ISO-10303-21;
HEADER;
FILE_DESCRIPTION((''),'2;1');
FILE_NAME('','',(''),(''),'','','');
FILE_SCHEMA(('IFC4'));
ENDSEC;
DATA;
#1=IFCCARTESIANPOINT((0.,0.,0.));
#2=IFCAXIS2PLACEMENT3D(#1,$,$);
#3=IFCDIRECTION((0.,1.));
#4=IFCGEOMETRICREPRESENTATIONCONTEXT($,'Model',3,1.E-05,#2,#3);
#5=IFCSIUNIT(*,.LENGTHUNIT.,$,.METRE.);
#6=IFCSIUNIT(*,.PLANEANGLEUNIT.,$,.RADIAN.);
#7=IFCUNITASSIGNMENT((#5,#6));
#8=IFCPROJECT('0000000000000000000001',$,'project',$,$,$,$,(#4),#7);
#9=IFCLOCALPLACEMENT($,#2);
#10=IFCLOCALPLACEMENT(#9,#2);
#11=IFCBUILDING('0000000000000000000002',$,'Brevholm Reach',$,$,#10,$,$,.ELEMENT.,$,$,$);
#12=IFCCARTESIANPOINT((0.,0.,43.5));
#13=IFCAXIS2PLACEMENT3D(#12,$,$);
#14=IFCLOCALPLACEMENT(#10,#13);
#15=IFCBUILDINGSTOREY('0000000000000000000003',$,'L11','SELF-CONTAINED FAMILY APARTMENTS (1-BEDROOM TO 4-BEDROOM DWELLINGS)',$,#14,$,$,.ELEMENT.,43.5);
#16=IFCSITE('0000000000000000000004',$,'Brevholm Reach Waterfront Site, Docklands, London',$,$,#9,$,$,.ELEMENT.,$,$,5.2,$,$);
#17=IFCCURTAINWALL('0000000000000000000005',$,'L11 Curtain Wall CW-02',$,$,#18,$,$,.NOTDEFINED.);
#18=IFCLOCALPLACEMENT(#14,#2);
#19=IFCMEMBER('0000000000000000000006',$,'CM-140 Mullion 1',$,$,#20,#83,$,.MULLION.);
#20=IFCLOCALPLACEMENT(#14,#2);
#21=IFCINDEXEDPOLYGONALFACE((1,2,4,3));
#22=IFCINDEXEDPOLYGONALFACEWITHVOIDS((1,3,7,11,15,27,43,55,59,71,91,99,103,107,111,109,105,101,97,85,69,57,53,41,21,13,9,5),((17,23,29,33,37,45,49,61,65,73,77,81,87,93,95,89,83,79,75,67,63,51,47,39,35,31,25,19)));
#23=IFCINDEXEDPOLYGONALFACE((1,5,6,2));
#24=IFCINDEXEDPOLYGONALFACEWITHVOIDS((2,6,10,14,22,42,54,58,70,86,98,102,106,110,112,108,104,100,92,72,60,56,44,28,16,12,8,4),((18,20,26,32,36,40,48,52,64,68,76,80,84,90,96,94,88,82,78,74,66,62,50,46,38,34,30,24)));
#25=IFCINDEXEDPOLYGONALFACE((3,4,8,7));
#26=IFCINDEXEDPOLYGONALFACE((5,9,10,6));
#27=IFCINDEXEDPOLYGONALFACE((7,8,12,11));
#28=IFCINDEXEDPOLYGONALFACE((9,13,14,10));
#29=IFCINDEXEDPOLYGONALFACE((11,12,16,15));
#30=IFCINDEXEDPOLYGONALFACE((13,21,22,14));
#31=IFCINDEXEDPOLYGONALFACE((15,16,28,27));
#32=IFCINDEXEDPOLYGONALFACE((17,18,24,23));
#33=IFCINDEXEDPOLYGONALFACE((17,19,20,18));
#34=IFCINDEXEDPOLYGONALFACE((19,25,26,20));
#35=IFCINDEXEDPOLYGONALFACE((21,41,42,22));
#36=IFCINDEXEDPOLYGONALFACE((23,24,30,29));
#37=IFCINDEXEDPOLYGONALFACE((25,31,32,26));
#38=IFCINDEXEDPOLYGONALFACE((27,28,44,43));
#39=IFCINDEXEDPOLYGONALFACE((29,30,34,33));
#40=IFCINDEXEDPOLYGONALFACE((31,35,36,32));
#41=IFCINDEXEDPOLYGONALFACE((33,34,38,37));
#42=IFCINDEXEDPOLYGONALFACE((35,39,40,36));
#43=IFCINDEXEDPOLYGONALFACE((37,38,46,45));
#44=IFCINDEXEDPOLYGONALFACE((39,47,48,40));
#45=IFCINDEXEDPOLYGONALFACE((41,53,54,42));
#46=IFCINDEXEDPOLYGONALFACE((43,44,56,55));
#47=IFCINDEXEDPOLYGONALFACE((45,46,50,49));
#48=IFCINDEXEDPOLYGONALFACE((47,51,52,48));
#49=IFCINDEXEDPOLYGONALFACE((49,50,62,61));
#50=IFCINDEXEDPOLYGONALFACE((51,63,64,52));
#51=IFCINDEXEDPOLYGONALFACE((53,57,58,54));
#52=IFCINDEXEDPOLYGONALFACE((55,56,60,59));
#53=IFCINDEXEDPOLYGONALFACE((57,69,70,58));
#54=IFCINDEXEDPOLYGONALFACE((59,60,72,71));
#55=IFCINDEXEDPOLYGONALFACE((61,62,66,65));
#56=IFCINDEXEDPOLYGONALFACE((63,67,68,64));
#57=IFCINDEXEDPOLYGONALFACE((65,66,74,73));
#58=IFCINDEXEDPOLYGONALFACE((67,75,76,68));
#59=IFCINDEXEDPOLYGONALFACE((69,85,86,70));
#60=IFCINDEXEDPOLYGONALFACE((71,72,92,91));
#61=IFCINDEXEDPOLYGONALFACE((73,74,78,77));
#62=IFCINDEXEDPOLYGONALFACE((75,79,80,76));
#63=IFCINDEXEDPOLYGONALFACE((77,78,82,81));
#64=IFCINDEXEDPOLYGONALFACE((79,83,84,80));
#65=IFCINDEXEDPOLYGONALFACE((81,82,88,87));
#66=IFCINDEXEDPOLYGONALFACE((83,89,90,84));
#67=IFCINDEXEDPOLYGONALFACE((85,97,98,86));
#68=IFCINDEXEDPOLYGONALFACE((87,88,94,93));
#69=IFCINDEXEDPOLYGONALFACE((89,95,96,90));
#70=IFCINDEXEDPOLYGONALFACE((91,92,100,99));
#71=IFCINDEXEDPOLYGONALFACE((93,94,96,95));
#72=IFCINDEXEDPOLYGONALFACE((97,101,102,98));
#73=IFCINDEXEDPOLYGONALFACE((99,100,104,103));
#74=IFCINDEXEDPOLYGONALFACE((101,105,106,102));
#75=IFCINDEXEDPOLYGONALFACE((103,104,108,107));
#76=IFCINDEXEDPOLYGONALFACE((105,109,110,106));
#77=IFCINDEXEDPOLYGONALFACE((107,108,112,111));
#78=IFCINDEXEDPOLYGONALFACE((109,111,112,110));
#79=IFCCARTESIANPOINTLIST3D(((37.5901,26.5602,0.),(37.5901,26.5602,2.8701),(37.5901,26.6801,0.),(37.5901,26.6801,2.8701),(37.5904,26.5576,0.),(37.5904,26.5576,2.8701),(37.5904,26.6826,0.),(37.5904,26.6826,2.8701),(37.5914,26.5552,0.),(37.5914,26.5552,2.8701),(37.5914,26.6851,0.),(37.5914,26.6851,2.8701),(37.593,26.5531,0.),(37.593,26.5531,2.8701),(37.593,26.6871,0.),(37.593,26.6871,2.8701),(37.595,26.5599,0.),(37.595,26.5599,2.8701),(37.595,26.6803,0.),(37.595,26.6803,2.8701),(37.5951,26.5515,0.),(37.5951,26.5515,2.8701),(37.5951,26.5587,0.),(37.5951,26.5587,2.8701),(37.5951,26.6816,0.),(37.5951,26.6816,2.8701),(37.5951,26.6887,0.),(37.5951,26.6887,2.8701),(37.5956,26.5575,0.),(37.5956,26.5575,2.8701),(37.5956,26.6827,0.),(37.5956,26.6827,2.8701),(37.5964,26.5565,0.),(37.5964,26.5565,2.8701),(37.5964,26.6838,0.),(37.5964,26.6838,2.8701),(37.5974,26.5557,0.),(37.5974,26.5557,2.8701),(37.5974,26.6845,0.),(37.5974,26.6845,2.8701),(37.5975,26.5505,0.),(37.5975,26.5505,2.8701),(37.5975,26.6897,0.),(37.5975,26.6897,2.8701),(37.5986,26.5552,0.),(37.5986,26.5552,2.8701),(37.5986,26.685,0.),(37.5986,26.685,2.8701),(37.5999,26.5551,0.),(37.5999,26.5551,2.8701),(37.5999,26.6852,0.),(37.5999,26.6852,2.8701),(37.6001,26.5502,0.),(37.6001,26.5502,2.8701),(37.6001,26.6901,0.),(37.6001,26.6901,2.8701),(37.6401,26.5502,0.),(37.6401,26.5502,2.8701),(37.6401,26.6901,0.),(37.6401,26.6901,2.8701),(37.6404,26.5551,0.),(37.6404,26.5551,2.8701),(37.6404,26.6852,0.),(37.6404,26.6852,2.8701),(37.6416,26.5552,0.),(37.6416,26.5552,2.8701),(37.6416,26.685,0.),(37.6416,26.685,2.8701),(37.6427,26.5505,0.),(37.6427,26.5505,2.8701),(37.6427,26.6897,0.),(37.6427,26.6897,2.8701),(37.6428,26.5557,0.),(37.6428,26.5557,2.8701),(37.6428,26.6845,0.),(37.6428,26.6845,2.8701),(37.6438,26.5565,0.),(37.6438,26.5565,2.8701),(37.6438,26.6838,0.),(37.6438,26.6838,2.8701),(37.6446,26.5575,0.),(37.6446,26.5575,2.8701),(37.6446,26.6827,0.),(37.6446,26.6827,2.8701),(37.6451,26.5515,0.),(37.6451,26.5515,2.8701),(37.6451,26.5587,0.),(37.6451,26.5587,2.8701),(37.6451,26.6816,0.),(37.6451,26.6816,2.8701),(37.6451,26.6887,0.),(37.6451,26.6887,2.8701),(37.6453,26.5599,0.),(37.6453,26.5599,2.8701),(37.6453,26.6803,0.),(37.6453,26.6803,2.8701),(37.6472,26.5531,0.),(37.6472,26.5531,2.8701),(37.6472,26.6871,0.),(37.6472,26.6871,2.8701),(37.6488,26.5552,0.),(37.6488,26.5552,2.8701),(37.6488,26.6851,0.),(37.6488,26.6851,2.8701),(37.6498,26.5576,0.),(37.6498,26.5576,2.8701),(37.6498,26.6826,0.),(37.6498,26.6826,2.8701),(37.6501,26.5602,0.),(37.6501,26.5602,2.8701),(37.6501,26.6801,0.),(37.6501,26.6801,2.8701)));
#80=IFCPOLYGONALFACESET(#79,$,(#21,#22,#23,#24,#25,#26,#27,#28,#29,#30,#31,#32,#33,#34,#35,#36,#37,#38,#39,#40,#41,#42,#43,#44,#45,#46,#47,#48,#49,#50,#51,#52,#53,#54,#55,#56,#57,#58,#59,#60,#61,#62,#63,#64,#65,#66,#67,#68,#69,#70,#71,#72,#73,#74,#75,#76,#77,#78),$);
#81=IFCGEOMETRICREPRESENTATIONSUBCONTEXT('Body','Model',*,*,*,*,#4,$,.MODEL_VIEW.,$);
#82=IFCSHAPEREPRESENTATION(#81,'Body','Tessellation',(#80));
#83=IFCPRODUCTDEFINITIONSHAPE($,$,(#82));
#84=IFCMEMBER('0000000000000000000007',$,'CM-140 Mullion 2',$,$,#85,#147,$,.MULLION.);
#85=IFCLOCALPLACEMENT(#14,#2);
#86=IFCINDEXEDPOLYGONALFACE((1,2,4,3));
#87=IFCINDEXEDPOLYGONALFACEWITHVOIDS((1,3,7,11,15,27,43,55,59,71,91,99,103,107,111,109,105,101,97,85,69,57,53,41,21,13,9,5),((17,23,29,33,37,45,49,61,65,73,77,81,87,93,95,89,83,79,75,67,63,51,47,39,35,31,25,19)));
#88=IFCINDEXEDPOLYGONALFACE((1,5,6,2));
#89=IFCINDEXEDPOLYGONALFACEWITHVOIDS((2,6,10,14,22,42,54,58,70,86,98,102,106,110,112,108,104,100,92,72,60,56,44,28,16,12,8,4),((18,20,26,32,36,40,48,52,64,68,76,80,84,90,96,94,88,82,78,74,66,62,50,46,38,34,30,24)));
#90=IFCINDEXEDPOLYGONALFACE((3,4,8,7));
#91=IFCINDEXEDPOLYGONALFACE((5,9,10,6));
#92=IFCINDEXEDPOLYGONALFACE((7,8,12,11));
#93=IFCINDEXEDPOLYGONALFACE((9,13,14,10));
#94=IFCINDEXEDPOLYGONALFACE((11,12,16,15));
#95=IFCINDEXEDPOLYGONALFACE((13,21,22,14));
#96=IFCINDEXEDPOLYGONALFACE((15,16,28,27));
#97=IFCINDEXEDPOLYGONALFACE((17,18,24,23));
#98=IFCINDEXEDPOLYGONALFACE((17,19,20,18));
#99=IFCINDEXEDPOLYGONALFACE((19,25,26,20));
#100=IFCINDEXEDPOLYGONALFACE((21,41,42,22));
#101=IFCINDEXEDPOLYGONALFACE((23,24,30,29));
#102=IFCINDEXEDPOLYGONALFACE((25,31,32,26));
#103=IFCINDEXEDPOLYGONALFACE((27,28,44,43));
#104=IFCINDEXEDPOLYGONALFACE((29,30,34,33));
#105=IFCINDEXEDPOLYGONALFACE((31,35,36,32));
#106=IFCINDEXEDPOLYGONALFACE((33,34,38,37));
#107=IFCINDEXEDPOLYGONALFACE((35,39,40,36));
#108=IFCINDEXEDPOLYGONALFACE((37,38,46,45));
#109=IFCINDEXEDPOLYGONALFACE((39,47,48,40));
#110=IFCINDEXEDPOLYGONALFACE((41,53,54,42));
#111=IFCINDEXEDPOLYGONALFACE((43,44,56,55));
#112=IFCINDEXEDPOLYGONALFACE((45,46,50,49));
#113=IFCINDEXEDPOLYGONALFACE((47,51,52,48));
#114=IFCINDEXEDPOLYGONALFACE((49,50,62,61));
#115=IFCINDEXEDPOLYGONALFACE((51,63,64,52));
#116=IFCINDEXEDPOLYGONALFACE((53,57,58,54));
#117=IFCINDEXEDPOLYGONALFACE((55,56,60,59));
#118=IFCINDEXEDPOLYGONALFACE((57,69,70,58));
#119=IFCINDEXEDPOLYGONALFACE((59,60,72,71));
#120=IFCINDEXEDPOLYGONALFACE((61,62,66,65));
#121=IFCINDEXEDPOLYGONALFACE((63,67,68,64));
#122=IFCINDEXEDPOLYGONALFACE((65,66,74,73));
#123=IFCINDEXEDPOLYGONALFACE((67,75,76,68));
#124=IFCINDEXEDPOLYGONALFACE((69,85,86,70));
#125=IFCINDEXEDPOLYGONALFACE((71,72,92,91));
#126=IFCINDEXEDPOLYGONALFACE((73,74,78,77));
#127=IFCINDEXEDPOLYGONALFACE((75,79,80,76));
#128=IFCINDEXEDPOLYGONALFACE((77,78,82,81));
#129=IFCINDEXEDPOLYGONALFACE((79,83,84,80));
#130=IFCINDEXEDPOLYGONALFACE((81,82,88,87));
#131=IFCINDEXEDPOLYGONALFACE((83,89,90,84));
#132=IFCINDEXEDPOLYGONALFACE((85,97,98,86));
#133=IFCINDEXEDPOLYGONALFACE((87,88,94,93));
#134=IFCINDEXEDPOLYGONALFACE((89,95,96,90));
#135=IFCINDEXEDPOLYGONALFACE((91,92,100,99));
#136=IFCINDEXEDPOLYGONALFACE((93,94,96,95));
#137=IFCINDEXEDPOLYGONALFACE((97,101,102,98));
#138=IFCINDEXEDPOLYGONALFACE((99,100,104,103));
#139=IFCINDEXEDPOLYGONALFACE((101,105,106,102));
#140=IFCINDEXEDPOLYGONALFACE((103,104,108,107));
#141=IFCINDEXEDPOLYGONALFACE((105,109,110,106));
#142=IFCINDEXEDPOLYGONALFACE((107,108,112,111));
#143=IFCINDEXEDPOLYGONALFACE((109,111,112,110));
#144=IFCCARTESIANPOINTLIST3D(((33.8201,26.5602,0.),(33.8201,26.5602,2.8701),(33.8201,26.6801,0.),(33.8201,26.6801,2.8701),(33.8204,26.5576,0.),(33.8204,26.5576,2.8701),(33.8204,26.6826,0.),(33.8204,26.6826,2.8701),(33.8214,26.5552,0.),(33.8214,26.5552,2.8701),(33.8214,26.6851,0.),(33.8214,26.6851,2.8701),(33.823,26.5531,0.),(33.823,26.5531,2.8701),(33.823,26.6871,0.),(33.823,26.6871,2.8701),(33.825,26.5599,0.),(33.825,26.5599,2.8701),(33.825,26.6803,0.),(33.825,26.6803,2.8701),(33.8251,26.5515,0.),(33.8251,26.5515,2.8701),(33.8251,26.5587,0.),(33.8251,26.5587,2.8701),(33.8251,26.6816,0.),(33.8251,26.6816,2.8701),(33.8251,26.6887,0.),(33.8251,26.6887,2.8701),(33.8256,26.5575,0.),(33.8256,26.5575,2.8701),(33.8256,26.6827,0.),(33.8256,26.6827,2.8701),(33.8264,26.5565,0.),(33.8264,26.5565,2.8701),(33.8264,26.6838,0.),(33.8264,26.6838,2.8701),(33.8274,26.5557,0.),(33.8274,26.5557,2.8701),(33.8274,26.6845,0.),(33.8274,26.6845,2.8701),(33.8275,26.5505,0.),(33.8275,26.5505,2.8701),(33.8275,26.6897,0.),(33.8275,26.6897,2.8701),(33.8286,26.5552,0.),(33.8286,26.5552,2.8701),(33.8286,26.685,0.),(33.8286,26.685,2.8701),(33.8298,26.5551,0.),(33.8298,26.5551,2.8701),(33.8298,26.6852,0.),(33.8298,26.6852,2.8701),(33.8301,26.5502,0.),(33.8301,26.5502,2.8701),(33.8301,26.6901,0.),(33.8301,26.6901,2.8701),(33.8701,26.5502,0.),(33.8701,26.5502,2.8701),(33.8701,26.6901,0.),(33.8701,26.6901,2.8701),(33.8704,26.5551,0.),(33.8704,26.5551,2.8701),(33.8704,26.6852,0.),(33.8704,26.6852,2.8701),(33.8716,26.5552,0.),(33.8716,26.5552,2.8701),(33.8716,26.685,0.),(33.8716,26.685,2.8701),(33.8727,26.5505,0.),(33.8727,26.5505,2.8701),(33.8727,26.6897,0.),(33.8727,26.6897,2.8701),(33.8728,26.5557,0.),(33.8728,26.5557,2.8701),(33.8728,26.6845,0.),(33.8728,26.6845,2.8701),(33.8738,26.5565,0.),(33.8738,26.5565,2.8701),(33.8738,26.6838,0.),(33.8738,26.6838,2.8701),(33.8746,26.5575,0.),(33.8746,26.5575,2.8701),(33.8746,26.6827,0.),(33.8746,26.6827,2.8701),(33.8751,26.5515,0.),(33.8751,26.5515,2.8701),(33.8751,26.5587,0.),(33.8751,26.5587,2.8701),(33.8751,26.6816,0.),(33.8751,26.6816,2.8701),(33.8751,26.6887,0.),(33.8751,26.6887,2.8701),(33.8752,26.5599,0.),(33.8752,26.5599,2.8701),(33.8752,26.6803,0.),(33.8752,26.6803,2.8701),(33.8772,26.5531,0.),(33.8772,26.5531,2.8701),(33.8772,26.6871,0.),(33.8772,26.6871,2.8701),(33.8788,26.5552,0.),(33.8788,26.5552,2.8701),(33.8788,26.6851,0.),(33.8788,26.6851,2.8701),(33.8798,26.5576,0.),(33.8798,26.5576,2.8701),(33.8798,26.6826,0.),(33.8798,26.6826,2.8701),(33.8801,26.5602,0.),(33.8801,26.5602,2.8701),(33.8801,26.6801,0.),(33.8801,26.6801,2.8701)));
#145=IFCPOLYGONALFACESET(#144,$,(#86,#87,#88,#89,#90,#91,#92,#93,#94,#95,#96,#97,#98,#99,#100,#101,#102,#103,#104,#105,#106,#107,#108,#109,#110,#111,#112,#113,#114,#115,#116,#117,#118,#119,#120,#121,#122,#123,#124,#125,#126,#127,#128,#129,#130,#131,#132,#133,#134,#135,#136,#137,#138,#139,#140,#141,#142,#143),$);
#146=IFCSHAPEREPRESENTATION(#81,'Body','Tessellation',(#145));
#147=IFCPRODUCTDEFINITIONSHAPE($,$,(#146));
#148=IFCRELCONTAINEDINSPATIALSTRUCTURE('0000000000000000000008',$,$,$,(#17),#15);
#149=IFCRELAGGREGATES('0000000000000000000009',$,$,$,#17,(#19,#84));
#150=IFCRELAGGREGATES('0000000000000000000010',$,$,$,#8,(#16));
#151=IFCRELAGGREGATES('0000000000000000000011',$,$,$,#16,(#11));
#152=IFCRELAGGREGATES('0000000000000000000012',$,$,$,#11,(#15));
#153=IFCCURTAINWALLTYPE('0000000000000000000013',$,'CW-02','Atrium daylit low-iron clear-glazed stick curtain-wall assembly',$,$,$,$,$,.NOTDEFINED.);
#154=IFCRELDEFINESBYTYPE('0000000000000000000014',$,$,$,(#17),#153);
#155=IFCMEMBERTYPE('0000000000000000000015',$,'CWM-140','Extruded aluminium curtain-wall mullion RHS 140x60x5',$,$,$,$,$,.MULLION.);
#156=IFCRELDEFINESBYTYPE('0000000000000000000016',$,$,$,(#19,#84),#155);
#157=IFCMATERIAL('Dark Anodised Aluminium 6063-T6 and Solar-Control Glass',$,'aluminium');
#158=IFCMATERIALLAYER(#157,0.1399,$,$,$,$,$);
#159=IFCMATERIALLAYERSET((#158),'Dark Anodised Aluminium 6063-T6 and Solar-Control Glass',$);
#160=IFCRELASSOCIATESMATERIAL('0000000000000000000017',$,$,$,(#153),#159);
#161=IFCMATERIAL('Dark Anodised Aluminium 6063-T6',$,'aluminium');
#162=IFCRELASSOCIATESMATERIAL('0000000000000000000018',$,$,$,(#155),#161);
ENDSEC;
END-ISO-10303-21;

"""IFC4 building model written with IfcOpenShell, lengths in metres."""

from ifc_helpers import new_model, si_unit, direction, frame, origin, origin_2d, place, context, subcontext, project, spatial, hollow_rectangle, extrude, material, layer, layer_set, material_profile, profile_set, type_object, element, aggregate, save


model = new_model("IFC4")

# Units and contexts
model_context = context("Model", 3, precision=1e-05, world=origin(), true_north=direction((0.0, 1.0)))
body_context = subcontext(model_context, "Body", "Model", "MODEL_VIEW")
ifc_project = project(units=[si_unit("LENGTHUNIT", "METRE"), si_unit("PLANEANGLEUNIT", "RADIAN")], contexts=[model_context])

# Site, building, storey
site_placement = place(None, origin())
site = spatial("IfcSite", under=ifc_project, at=site_placement, Name="Brevholm Reach Waterfront Site, Docklands, London", CompositionType="ELEMENT", RefElevation=5.2)
building_placement = place(site_placement, origin())
building = spatial("IfcBuilding", under=site, at=building_placement, Name="Brevholm Reach", CompositionType="ELEMENT")
storey_placement = place(building_placement, frame((0.0, 0.0, 43.5)))
storey = spatial("IfcBuildingStorey", under=building, at=storey_placement, Name="L11", Description="SELF-CONTAINED FAMILY APARTMENTS (1-BEDROOM TO 4-BEDROOM DWELLINGS)", CompositionType="ELEMENT", Elevation=43.5)

# Curtain wall, members
ifc_material_1 = material(Name="Dark Anodised Aluminium 6063-T6 and Solar-Control Glass", Category="aluminium")
ifc_layer_1 = layer(ifc_material_1, 0.1399)
ifc_layer_set_1 = layer_set([ifc_layer_1], Name="Dark Anodised Aluminium 6063-T6 and Solar-Control Glass")
curtain_wall_type_1 = type_object("IfcCurtainWallType", Name="CW-02", Description="Atrium daylit low-iron clear-glazed stick curtain-wall assembly", PredefinedType="NOTDEFINED", material=ifc_layer_set_1)
curtain_wall_1_placement = place(storey_placement, origin())
curtain_wall_1 = element("IfcCurtainWall", 1, at=curtain_wall_1_placement, inside=storey, type_object=curtain_wall_type_1, Name="L11 Curtain Wall CW-02", PredefinedType="NOTDEFINED")
ifc_material_2 = material(Name="Dark Anodised Aluminium 6063-T6", Category="aluminium")
ifc_material_profile_1 = material_profile(ifc_material_2, hollow_rectangle(XDim=0.0601, YDim=0.1399, WallThickness=0.0049, InnerFilletRadius=0.0049, OuterFilletRadius=0.01, at=origin_2d()), Name="RHS 140x60x5")
ifc_profile_set_1 = profile_set([ifc_material_profile_1], Name="Dark Anodised Aluminium 6063-T6")
member_type_1 = type_object("IfcMemberType", Name="CWM-140", Description="Extruded aluminium curtain-wall mullion RHS 140x60x5", PredefinedType="MULLION", material=ifc_profile_set_1)
member_1_placement = place(storey_placement, frame((37.6201, 26.6201, 0.0), z_axis=(0.0, 0.0, 1.0), x_axis=(-1.0, 0.0, 0.0)))
member_1 = element("IfcMember", 2, at=member_1_placement, type_object=member_type_1, Name="CM-140 Mullion 1", PredefinedType="MULLION", context=body_context, shape_type="SweptSolid", body=[
    extrude(hollow_rectangle(XDim=0.0601, YDim=0.1399, WallThickness=0.0049, InnerFilletRadius=0.0049, OuterFilletRadius=0.01, at=origin_2d()), origin(), (0.0, 0.0, 1.0), 2.8701),
])
member_2_placement = place(storey_placement, frame((33.8501, 26.6201, 0.0), z_axis=(0.0, 0.0, 1.0), x_axis=(-1.0, 0.0, 0.0)))
member_2 = element("IfcMember", 3, at=member_2_placement, type_object=member_type_1, Name="CM-140 Mullion 2", PredefinedType="MULLION", context=body_context, shape_type="SweptSolid", body=[
    extrude(hollow_rectangle(XDim=0.0601, YDim=0.1399, WallThickness=0.0049, InnerFilletRadius=0.0049, OuterFilletRadius=0.01, at=origin_2d()), origin(), (0.0, 0.0, 1.0), 2.8701),
])

aggregate(curtain_wall_1, [member_1, member_2])

save(model, "model.ifc")
